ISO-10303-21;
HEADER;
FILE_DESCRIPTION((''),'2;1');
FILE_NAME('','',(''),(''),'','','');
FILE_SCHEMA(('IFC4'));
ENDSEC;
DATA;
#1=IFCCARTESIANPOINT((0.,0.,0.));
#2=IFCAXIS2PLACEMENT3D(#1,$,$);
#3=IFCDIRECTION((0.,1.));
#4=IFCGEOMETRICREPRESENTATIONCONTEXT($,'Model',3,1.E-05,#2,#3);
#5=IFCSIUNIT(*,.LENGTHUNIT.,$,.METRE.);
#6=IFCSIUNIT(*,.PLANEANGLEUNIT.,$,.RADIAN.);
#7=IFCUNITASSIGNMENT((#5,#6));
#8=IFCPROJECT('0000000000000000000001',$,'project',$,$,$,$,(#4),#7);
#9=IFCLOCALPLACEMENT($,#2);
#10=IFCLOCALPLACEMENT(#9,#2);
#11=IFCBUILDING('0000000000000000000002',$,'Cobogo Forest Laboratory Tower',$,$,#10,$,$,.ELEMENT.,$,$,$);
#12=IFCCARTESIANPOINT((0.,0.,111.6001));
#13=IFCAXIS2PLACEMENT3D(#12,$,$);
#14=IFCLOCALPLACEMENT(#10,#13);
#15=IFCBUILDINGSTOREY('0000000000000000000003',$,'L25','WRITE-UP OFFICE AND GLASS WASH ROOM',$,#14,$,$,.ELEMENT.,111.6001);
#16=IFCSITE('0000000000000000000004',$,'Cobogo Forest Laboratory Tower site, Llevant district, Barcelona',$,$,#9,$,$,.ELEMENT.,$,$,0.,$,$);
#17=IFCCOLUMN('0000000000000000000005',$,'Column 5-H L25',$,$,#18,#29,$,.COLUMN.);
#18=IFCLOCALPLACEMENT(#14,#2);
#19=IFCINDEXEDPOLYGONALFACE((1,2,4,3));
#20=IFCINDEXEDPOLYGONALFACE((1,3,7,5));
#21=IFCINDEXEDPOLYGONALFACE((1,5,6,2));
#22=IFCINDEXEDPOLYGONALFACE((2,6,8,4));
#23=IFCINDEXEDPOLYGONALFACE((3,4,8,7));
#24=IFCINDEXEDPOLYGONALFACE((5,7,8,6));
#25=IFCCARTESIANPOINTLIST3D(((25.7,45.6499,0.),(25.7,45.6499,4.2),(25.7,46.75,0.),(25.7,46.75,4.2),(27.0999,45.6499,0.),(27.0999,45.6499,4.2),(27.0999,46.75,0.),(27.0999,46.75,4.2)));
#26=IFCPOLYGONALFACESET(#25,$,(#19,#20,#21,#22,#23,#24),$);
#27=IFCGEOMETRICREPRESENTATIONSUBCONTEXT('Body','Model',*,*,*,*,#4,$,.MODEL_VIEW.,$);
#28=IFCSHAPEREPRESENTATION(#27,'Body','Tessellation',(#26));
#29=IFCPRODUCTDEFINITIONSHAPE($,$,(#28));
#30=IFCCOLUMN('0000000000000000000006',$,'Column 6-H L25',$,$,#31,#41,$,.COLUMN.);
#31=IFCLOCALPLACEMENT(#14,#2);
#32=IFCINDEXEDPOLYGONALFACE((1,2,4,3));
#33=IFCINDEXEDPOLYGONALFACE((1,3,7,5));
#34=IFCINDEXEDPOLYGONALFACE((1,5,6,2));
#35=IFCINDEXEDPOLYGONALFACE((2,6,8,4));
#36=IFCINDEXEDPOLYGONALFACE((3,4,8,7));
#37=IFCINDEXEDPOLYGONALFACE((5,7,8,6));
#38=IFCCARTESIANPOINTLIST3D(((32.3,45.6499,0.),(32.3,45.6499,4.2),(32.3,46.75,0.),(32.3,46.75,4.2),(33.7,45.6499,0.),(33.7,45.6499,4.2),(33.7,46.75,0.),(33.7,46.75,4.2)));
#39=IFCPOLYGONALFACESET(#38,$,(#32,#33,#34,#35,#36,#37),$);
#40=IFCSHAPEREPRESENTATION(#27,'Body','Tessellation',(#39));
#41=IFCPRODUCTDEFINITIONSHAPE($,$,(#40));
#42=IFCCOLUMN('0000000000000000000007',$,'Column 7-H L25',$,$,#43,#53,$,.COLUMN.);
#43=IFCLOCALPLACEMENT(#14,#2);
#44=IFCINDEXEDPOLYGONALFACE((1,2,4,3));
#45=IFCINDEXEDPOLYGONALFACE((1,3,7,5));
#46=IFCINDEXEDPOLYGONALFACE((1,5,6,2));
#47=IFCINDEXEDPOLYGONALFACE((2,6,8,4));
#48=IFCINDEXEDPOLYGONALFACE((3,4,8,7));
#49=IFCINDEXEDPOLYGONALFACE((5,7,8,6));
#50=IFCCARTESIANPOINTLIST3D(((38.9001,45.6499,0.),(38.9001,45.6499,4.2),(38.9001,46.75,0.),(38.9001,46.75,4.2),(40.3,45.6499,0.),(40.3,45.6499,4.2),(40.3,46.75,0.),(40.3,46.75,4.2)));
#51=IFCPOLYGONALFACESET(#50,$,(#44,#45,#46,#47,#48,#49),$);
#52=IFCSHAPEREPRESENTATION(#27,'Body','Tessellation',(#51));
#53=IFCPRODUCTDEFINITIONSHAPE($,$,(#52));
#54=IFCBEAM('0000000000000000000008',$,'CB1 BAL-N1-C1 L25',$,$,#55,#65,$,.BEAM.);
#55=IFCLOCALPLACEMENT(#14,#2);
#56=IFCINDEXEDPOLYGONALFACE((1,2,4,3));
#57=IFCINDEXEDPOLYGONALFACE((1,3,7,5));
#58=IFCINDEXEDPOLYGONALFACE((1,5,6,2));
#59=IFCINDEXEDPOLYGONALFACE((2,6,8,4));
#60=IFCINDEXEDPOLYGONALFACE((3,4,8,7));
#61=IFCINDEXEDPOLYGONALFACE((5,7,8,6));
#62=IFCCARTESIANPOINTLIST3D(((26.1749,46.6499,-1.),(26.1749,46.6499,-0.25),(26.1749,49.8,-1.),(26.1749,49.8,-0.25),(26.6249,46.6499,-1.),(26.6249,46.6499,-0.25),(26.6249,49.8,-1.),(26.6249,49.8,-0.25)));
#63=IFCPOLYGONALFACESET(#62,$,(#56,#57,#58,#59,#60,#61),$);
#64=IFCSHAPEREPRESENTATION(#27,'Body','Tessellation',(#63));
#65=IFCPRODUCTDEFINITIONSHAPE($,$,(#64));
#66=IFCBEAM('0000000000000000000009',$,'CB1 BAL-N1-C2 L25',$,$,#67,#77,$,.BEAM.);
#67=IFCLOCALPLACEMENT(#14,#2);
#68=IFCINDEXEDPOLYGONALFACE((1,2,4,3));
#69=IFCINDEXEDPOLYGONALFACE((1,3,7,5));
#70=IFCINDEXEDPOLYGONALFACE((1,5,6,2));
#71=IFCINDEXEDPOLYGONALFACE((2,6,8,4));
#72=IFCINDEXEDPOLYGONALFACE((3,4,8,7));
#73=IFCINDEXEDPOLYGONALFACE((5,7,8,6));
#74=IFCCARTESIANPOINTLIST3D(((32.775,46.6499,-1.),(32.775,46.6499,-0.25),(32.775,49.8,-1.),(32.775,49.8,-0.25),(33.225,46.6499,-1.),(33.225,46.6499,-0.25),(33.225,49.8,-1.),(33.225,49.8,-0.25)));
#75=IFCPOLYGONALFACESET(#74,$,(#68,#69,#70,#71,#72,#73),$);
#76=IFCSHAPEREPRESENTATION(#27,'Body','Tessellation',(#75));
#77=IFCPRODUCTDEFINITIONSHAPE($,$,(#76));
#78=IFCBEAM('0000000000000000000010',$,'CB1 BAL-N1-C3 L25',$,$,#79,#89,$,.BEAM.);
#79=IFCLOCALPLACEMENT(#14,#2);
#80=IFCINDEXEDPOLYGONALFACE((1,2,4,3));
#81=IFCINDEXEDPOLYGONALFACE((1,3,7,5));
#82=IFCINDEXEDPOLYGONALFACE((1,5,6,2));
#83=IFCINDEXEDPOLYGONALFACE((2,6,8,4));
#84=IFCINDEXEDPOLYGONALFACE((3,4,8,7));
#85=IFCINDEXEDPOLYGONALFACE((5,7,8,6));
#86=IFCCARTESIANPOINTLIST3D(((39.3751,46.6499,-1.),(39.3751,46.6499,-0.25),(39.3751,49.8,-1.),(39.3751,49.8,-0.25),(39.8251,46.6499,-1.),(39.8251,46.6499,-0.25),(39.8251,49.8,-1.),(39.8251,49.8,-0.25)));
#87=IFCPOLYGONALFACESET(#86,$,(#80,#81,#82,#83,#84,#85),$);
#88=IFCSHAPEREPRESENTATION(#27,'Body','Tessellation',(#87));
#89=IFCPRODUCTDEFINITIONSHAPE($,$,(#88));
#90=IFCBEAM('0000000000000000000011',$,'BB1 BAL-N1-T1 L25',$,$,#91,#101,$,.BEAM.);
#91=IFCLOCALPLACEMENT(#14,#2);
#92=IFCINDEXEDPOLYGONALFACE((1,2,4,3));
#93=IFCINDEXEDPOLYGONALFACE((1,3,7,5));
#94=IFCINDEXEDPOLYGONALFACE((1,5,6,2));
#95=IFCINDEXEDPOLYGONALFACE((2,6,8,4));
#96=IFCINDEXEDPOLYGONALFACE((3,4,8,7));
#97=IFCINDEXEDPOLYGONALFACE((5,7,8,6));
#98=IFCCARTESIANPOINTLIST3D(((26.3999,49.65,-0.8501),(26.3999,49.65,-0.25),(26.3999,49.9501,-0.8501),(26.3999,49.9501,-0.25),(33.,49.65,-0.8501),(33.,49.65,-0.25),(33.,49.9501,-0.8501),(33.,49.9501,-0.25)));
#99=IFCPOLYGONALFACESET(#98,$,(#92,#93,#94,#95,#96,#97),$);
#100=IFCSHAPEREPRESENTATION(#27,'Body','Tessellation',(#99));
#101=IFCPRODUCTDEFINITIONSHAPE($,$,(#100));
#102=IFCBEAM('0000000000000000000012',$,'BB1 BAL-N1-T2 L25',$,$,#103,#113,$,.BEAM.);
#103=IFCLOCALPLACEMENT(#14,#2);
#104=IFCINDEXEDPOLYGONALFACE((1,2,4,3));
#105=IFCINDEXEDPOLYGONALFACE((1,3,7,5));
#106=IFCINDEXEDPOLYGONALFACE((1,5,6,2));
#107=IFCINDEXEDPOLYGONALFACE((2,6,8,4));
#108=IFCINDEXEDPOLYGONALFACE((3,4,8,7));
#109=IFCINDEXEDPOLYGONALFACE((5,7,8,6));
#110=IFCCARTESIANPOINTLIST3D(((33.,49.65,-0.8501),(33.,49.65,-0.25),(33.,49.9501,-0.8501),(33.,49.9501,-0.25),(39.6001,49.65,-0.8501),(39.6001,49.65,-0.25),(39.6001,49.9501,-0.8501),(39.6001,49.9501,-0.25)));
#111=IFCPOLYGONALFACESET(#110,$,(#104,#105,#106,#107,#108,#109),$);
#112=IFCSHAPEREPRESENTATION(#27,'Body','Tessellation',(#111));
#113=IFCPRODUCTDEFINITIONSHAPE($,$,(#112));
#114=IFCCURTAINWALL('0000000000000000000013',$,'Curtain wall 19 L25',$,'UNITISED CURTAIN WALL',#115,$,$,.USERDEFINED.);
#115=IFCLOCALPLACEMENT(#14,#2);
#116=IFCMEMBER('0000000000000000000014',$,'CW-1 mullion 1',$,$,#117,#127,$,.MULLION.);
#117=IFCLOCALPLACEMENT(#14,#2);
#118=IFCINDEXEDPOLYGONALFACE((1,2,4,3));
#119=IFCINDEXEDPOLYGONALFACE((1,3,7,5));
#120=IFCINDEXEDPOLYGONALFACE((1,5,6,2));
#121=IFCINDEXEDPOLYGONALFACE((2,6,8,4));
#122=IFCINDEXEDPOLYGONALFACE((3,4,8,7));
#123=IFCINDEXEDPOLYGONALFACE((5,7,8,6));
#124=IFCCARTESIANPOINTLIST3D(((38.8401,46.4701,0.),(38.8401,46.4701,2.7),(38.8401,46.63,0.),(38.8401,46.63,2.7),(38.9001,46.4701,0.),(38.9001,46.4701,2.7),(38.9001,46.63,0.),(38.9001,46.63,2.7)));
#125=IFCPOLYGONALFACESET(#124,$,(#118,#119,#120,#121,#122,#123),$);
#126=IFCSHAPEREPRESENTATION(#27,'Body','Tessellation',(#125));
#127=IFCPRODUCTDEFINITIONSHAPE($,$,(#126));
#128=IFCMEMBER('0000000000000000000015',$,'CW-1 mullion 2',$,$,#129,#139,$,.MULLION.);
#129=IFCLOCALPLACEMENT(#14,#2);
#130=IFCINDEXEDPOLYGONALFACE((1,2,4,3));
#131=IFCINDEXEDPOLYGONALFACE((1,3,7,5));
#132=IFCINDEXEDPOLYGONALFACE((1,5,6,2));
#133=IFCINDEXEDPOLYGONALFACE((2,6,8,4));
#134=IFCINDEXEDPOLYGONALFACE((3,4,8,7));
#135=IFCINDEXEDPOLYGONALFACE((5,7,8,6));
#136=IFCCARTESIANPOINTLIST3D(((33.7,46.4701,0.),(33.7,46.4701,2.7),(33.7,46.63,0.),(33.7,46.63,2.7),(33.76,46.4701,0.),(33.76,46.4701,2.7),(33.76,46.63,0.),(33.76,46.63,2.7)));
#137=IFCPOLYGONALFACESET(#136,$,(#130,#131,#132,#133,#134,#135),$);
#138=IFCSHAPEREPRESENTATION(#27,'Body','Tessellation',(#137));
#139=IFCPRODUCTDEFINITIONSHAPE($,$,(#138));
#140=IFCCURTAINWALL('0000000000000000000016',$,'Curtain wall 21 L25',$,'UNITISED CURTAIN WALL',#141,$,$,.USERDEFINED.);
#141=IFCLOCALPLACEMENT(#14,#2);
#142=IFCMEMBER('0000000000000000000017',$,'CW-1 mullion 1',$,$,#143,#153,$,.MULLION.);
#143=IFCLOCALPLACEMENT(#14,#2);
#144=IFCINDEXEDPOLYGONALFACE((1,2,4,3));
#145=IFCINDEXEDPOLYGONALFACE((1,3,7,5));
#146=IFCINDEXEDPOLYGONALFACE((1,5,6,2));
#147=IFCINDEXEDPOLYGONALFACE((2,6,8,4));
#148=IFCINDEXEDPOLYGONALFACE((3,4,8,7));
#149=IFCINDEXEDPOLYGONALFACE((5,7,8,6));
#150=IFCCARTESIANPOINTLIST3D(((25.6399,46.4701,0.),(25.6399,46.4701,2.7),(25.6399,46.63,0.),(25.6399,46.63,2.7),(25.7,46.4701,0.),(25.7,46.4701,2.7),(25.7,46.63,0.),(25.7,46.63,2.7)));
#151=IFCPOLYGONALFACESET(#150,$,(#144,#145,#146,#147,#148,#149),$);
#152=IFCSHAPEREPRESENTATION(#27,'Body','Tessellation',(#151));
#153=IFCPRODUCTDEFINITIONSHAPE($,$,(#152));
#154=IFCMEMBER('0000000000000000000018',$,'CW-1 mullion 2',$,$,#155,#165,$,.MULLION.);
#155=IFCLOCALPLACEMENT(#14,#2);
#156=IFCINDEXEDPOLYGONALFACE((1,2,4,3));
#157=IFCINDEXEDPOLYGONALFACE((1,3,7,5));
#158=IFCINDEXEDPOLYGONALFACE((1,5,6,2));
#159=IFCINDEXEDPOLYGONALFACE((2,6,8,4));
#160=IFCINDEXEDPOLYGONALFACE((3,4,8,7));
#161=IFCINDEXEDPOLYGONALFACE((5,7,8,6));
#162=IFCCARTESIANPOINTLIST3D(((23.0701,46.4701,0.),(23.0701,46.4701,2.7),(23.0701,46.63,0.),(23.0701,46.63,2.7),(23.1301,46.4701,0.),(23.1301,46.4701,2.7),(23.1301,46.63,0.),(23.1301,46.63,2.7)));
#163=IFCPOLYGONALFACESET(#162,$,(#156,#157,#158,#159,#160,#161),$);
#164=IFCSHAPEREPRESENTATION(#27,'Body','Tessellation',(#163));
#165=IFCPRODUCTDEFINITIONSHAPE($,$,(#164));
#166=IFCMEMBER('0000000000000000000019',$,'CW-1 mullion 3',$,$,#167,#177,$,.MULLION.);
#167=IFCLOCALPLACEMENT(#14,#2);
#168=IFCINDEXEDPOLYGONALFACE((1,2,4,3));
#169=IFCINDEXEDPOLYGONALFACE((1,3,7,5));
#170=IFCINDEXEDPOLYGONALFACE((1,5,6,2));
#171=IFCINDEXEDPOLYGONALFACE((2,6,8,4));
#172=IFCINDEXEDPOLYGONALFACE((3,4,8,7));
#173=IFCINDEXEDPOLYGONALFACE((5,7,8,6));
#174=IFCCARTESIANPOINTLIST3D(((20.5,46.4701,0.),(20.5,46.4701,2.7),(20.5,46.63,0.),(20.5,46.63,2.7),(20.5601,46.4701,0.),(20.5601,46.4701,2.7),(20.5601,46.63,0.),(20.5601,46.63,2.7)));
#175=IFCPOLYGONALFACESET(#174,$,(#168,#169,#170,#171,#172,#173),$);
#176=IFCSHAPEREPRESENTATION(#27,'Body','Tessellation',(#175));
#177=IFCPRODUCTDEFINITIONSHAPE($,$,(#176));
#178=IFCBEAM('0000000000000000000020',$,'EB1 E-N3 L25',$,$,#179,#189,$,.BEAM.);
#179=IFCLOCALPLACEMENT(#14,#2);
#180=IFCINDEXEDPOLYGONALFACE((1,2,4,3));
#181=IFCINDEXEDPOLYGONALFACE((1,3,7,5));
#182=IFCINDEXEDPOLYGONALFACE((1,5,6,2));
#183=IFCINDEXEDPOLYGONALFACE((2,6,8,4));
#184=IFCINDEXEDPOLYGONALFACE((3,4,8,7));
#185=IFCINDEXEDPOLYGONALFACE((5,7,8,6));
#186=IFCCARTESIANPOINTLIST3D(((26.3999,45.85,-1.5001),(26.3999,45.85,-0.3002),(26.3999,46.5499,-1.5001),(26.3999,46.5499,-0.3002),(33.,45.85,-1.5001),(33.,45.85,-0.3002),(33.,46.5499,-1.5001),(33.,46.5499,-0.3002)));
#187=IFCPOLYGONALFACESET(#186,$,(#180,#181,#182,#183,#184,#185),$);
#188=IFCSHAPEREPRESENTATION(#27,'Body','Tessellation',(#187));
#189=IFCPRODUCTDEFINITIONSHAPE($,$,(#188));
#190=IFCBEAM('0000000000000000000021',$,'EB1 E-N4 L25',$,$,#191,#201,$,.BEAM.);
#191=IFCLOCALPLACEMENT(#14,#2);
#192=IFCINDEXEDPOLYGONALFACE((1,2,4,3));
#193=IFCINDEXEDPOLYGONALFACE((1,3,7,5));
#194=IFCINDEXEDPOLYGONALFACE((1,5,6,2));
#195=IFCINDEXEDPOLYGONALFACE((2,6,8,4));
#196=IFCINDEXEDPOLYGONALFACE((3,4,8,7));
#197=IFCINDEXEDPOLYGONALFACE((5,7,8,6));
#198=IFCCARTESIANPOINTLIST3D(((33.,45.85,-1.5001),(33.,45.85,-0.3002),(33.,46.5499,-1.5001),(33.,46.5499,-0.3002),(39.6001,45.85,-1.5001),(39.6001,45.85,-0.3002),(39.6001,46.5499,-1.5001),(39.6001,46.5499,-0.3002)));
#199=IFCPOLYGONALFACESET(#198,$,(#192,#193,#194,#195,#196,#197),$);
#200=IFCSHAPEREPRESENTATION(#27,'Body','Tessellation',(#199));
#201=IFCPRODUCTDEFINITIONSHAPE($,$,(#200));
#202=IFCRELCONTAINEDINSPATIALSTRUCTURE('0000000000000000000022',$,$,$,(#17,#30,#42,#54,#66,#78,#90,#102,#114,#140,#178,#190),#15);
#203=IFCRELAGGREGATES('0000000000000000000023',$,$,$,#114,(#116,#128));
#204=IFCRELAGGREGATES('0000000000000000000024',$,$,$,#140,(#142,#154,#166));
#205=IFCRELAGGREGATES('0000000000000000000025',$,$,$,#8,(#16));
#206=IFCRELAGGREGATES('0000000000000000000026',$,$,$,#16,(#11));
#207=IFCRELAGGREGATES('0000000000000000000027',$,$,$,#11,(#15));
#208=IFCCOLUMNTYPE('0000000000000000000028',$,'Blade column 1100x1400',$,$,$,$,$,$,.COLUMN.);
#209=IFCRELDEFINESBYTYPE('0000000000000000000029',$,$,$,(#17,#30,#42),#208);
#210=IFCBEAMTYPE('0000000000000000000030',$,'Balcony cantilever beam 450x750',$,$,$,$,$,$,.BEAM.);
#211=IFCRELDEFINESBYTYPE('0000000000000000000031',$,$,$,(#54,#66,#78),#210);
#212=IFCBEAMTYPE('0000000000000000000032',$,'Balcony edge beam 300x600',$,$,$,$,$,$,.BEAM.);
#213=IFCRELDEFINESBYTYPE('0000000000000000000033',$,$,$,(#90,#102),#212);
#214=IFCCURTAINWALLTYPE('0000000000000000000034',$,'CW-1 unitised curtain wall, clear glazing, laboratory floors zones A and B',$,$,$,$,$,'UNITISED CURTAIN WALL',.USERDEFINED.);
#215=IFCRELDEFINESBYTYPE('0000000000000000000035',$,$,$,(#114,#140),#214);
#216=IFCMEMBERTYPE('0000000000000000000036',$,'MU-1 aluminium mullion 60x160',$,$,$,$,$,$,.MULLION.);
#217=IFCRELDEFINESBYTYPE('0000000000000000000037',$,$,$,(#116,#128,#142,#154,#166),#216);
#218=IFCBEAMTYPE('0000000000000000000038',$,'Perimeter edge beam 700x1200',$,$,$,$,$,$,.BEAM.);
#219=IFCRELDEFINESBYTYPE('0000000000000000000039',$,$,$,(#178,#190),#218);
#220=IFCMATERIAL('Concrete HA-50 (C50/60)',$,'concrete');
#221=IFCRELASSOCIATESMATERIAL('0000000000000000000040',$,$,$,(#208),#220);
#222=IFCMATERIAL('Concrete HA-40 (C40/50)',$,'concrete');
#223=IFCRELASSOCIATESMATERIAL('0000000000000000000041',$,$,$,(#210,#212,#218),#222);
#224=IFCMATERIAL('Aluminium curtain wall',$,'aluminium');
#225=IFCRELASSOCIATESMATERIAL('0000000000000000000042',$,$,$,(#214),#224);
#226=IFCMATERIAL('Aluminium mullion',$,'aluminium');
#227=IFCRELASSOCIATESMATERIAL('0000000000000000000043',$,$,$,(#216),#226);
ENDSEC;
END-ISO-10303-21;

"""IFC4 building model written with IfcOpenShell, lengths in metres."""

from ifc_helpers import new_model, si_unit, direction, frame, origin, origin_2d, place, context, subcontext, project, spatial, rectangle, extrude, material, material_profile, profile_set, type_object, element, aggregate, save


model = new_model("IFC4")

# Units and contexts
model_context = context("Model", 3, precision=1e-05, world=origin(), true_north=direction((0.0, 1.0)))
body_context = subcontext(model_context, "Body", "Model", "MODEL_VIEW")
ifc_project = project(units=[si_unit("LENGTHUNIT", "METRE"), si_unit("PLANEANGLEUNIT", "RADIAN")], contexts=[model_context])

# Site, building, storey
site_placement = place(None, origin())
site = spatial("IfcSite", under=ifc_project, at=site_placement, Name="Cobogo Forest Laboratory Tower site, Llevant district, Barcelona", CompositionType="ELEMENT", RefElevation=0.0)
building_placement = place(site_placement, origin())
building = spatial("IfcBuilding", under=site, at=building_placement, Name="Cobogo Forest Laboratory Tower", CompositionType="ELEMENT")
storey_placement = place(building_placement, frame((0.0, 0.0, 111.6001)))
storey = spatial("IfcBuildingStorey", under=building, at=storey_placement, Name="L25", Description="WRITE-UP OFFICE AND GLASS WASH ROOM", CompositionType="ELEMENT", Elevation=111.6001)

# Columns
ifc_material_1 = material(Name="Concrete HA-50 (C50/60)", Category="concrete")
ifc_material_profile_1 = material_profile(ifc_material_1, rectangle(XDim=1.3999, YDim=1.1001, at=origin_2d()), Name="RC 1100x1400")
ifc_profile_set_1 = profile_set([ifc_material_profile_1], Name="Concrete HA-50 (C50/60)")
column_type = type_object("IfcColumnType", Name="Blade column 1100x1400", PredefinedType="COLUMN", material=ifc_profile_set_1)
for number, where, z_axis, x_axis, name in (
    (1, (26.3999, 46.2, 0.0), (0.0, 0.0, 1.0), (1.0, 0.0, 0.0), "Column 5-H L25"),
    (2, (33.0, 46.2, 0.0), (0.0, 0.0, 1.0), (1.0, 0.0, 0.0), "Column 6-H L25"),
    (3, (39.6001, 46.2, 0.0), (0.0, 0.0, 1.0), (1.0, 0.0, 0.0), "Column 7-H L25"),
):
    element("IfcColumn", number, at=place(storey_placement, frame(where, z_axis=z_axis, x_axis=x_axis)), inside=storey, type_object=column_type, Name=name, PredefinedType="COLUMN", context=body_context, shape_type="SweptSolid", body=[
        extrude(rectangle(XDim=1.3999, YDim=1.1001, at=origin_2d()), origin(), (0.0, 0.0, 1.0), 4.2),
    ])

# Beams
ifc_material_2 = material(Name="Concrete HA-40 (C40/50)", Category="concrete")
ifc_material_profile_2 = material_profile(ifc_material_2, rectangle(XDim=0.45, YDim=0.75, at=origin_2d()), Name="RC 450x750")
ifc_profile_set_2 = profile_set([ifc_material_profile_2], Name="Concrete HA-40 (C40/50)")
beam_type_1 = type_object("IfcBeamType", Name="Balcony cantilever beam 450x750", PredefinedType="BEAM", material=ifc_profile_set_2)
for number, where, z_axis, x_axis, name in (
    (4, (26.3999, 46.6499, -0.625), (0.0, 1.0, 0.0), (-1.0, 0.0, 0.0), "CB1 BAL-N1-C1 L25"),
    (5, (33.0, 46.6499, -0.625), (0.0, 1.0, 0.0), (-1.0, 0.0, 0.0), "CB1 BAL-N1-C2 L25"),
    (6, (39.6001, 46.6499, -0.625), (0.0, 1.0, 0.0), (-1.0, 0.0, 0.0), "CB1 BAL-N1-C3 L25"),
):
    element("IfcBeam", number, at=place(storey_placement, frame(where, z_axis=z_axis, x_axis=x_axis)), inside=storey, type_object=beam_type_1, Name=name, PredefinedType="BEAM", context=body_context, shape_type="SweptSolid", body=[
        extrude(rectangle(XDim=0.45, YDim=0.75, at=origin_2d()), origin(), (0.0, 0.0, 1.0), 3.1501),
    ])
ifc_material_profile_3 = material_profile(ifc_material_2, rectangle(XDim=0.3, YDim=0.6001, at=origin_2d()), Name="RC 300x600")
ifc_profile_set_3 = profile_set([ifc_material_profile_3], Name="Concrete HA-40 (C40/50)")
beam_type_2 = type_object("IfcBeamType", Name="Balcony edge beam 300x600", PredefinedType="BEAM", material=ifc_profile_set_3)
for number, where, z_axis, x_axis, name in (
    (7, (26.3999, 49.8, -0.55), (1.0, 0.0, 0.0), (0.0, 1.0, 0.0), "BB1 BAL-N1-T1 L25"),
    (8, (33.0, 49.8, -0.55), (1.0, 0.0, 0.0), (0.0, 1.0, 0.0), "BB1 BAL-N1-T2 L25"),
):
    element("IfcBeam", number, at=place(storey_placement, frame(where, z_axis=z_axis, x_axis=x_axis)), inside=storey, type_object=beam_type_2, Name=name, PredefinedType="BEAM", context=body_context, shape_type="SweptSolid", body=[
        extrude(rectangle(XDim=0.3, YDim=0.6001, at=origin_2d()), origin(), (0.0, 0.0, 1.0), 6.6001),
    ])

# Curtain walls, members
ifc_material_3 = material(Name="Aluminium curtain wall", Category="aluminium")
curtain_wall_type = type_object("IfcCurtainWallType", Name="CW-1 unitised curtain wall, clear glazing, laboratory floors zones A and B", ElementType="UNITISED CURTAIN WALL", PredefinedType="USERDEFINED", material=ifc_material_3)
curtain_wall_1_placement = place(storey_placement, origin())
curtain_wall_1 = element("IfcCurtainWall", 9, at=curtain_wall_1_placement, inside=storey, type_object=curtain_wall_type, Name="Curtain wall 19 L25", ObjectType="UNITISED CURTAIN WALL", PredefinedType="USERDEFINED")
ifc_material_4 = material(Name="Aluminium mullion", Category="aluminium")
ifc_material_profile_4 = material_profile(ifc_material_4, rectangle(XDim=0.0601, YDim=0.1599, at=origin_2d()), Name="AL 60x160")
ifc_profile_set_4 = profile_set([ifc_material_profile_4], Name="Aluminium mullion")
member_type_1 = type_object("IfcMemberType", Name="MU-1 aluminium mullion 60x160", PredefinedType="MULLION", material=ifc_profile_set_4)
member_1_placement = place(storey_placement, frame((38.8701, 46.55, 0.0), z_axis=(0.0, 0.0, 1.0), x_axis=(-1.0, 0.0, 0.0)))
member_1 = element("IfcMember", 10, at=member_1_placement, type_object=member_type_1, Name="CW-1 mullion 1", PredefinedType="MULLION", context=body_context, shape_type="SweptSolid", body=[
    extrude(rectangle(XDim=0.0601, YDim=0.1599, at=origin_2d()), origin(), (0.0, 0.0, 1.0), 2.7),
])
member_2_placement = place(storey_placement, frame((33.73, 46.55, 0.0), z_axis=(0.0, 0.0, 1.0), x_axis=(-1.0, 0.0, 0.0)))
member_2 = element("IfcMember", 11, at=member_2_placement, type_object=member_type_1, Name="CW-1 mullion 2", PredefinedType="MULLION", context=body_context, shape_type="SweptSolid", body=[
    extrude(rectangle(XDim=0.0601, YDim=0.1599, at=origin_2d()), origin(), (0.0, 0.0, 1.0), 2.7),
])
curtain_wall_2_placement = place(storey_placement, origin())
curtain_wall_2 = element("IfcCurtainWall", 12, at=curtain_wall_2_placement, inside=storey, type_object=curtain_wall_type, Name="Curtain wall 21 L25", ObjectType="UNITISED CURTAIN WALL", PredefinedType="USERDEFINED")
member_3_placement = place(storey_placement, frame((25.6699, 46.55, 0.0), z_axis=(0.0, 0.0, 1.0), x_axis=(-1.0, 0.0, 0.0)))
member_3 = element("IfcMember", 13, at=member_3_placement, type_object=member_type_1, Name="CW-1 mullion 1", PredefinedType="MULLION", context=body_context, shape_type="SweptSolid", body=[
    extrude(rectangle(XDim=0.0601, YDim=0.1599, at=origin_2d()), origin(), (0.0, 0.0, 1.0), 2.7),
])
member_4_placement = place(storey_placement, frame((23.1001, 46.55, 0.0), z_axis=(0.0, 0.0, 1.0), x_axis=(-1.0, 0.0, 0.0)))
member_4 = element("IfcMember", 14, at=member_4_placement, type_object=member_type_1, Name="CW-1 mullion 2", PredefinedType="MULLION", context=body_context, shape_type="SweptSolid", body=[
    extrude(rectangle(XDim=0.0601, YDim=0.1599, at=origin_2d()), origin(), (0.0, 0.0, 1.0), 2.7),
])
member_5_placement = place(storey_placement, frame((20.53, 46.55, 0.0), z_axis=(0.0, 0.0, 1.0), x_axis=(-1.0, 0.0, 0.0)))
member_5 = element("IfcMember", 15, at=member_5_placement, type_object=member_type_1, Name="CW-1 mullion 3", PredefinedType="MULLION", context=body_context, shape_type="SweptSolid", body=[
    extrude(rectangle(XDim=0.0601, YDim=0.1599, at=origin_2d()), origin(), (0.0, 0.0, 1.0), 2.7),
])

# Beams
ifc_material_profile_5 = material_profile(ifc_material_2, rectangle(XDim=0.7, YDim=1.2, at=origin_2d()), Name="RC 700x1200")
ifc_profile_set_5 = profile_set([ifc_material_profile_5], Name="Concrete HA-40 (C40/50)")
beam_type_3 = type_object("IfcBeamType", Name="Perimeter edge beam 700x1200", PredefinedType="BEAM", material=ifc_profile_set_5)
for number, where, z_axis, x_axis, name in (
    (16, (26.3999, 46.2, -0.9001), (1.0, 0.0, 0.0), (0.0, 1.0, 0.0), "EB1 E-N3 L25"),
    (17, (33.0, 46.2, -0.9001), (1.0, 0.0, 0.0), (0.0, 1.0, 0.0), "EB1 E-N4 L25"),
):
    element("IfcBeam", number, at=place(storey_placement, frame(where, z_axis=z_axis, x_axis=x_axis)), inside=storey, type_object=beam_type_3, Name=name, PredefinedType="BEAM", context=body_context, shape_type="SweptSolid", body=[
        extrude(rectangle(XDim=0.7, YDim=1.2, at=origin_2d()), origin(), (0.0, 0.0, 1.0), 6.6001),
    ])

aggregate(curtain_wall_1, [member_1, member_2])
aggregate(curtain_wall_2, [member_3, member_4, member_5])

save(model, "model.ifc")
